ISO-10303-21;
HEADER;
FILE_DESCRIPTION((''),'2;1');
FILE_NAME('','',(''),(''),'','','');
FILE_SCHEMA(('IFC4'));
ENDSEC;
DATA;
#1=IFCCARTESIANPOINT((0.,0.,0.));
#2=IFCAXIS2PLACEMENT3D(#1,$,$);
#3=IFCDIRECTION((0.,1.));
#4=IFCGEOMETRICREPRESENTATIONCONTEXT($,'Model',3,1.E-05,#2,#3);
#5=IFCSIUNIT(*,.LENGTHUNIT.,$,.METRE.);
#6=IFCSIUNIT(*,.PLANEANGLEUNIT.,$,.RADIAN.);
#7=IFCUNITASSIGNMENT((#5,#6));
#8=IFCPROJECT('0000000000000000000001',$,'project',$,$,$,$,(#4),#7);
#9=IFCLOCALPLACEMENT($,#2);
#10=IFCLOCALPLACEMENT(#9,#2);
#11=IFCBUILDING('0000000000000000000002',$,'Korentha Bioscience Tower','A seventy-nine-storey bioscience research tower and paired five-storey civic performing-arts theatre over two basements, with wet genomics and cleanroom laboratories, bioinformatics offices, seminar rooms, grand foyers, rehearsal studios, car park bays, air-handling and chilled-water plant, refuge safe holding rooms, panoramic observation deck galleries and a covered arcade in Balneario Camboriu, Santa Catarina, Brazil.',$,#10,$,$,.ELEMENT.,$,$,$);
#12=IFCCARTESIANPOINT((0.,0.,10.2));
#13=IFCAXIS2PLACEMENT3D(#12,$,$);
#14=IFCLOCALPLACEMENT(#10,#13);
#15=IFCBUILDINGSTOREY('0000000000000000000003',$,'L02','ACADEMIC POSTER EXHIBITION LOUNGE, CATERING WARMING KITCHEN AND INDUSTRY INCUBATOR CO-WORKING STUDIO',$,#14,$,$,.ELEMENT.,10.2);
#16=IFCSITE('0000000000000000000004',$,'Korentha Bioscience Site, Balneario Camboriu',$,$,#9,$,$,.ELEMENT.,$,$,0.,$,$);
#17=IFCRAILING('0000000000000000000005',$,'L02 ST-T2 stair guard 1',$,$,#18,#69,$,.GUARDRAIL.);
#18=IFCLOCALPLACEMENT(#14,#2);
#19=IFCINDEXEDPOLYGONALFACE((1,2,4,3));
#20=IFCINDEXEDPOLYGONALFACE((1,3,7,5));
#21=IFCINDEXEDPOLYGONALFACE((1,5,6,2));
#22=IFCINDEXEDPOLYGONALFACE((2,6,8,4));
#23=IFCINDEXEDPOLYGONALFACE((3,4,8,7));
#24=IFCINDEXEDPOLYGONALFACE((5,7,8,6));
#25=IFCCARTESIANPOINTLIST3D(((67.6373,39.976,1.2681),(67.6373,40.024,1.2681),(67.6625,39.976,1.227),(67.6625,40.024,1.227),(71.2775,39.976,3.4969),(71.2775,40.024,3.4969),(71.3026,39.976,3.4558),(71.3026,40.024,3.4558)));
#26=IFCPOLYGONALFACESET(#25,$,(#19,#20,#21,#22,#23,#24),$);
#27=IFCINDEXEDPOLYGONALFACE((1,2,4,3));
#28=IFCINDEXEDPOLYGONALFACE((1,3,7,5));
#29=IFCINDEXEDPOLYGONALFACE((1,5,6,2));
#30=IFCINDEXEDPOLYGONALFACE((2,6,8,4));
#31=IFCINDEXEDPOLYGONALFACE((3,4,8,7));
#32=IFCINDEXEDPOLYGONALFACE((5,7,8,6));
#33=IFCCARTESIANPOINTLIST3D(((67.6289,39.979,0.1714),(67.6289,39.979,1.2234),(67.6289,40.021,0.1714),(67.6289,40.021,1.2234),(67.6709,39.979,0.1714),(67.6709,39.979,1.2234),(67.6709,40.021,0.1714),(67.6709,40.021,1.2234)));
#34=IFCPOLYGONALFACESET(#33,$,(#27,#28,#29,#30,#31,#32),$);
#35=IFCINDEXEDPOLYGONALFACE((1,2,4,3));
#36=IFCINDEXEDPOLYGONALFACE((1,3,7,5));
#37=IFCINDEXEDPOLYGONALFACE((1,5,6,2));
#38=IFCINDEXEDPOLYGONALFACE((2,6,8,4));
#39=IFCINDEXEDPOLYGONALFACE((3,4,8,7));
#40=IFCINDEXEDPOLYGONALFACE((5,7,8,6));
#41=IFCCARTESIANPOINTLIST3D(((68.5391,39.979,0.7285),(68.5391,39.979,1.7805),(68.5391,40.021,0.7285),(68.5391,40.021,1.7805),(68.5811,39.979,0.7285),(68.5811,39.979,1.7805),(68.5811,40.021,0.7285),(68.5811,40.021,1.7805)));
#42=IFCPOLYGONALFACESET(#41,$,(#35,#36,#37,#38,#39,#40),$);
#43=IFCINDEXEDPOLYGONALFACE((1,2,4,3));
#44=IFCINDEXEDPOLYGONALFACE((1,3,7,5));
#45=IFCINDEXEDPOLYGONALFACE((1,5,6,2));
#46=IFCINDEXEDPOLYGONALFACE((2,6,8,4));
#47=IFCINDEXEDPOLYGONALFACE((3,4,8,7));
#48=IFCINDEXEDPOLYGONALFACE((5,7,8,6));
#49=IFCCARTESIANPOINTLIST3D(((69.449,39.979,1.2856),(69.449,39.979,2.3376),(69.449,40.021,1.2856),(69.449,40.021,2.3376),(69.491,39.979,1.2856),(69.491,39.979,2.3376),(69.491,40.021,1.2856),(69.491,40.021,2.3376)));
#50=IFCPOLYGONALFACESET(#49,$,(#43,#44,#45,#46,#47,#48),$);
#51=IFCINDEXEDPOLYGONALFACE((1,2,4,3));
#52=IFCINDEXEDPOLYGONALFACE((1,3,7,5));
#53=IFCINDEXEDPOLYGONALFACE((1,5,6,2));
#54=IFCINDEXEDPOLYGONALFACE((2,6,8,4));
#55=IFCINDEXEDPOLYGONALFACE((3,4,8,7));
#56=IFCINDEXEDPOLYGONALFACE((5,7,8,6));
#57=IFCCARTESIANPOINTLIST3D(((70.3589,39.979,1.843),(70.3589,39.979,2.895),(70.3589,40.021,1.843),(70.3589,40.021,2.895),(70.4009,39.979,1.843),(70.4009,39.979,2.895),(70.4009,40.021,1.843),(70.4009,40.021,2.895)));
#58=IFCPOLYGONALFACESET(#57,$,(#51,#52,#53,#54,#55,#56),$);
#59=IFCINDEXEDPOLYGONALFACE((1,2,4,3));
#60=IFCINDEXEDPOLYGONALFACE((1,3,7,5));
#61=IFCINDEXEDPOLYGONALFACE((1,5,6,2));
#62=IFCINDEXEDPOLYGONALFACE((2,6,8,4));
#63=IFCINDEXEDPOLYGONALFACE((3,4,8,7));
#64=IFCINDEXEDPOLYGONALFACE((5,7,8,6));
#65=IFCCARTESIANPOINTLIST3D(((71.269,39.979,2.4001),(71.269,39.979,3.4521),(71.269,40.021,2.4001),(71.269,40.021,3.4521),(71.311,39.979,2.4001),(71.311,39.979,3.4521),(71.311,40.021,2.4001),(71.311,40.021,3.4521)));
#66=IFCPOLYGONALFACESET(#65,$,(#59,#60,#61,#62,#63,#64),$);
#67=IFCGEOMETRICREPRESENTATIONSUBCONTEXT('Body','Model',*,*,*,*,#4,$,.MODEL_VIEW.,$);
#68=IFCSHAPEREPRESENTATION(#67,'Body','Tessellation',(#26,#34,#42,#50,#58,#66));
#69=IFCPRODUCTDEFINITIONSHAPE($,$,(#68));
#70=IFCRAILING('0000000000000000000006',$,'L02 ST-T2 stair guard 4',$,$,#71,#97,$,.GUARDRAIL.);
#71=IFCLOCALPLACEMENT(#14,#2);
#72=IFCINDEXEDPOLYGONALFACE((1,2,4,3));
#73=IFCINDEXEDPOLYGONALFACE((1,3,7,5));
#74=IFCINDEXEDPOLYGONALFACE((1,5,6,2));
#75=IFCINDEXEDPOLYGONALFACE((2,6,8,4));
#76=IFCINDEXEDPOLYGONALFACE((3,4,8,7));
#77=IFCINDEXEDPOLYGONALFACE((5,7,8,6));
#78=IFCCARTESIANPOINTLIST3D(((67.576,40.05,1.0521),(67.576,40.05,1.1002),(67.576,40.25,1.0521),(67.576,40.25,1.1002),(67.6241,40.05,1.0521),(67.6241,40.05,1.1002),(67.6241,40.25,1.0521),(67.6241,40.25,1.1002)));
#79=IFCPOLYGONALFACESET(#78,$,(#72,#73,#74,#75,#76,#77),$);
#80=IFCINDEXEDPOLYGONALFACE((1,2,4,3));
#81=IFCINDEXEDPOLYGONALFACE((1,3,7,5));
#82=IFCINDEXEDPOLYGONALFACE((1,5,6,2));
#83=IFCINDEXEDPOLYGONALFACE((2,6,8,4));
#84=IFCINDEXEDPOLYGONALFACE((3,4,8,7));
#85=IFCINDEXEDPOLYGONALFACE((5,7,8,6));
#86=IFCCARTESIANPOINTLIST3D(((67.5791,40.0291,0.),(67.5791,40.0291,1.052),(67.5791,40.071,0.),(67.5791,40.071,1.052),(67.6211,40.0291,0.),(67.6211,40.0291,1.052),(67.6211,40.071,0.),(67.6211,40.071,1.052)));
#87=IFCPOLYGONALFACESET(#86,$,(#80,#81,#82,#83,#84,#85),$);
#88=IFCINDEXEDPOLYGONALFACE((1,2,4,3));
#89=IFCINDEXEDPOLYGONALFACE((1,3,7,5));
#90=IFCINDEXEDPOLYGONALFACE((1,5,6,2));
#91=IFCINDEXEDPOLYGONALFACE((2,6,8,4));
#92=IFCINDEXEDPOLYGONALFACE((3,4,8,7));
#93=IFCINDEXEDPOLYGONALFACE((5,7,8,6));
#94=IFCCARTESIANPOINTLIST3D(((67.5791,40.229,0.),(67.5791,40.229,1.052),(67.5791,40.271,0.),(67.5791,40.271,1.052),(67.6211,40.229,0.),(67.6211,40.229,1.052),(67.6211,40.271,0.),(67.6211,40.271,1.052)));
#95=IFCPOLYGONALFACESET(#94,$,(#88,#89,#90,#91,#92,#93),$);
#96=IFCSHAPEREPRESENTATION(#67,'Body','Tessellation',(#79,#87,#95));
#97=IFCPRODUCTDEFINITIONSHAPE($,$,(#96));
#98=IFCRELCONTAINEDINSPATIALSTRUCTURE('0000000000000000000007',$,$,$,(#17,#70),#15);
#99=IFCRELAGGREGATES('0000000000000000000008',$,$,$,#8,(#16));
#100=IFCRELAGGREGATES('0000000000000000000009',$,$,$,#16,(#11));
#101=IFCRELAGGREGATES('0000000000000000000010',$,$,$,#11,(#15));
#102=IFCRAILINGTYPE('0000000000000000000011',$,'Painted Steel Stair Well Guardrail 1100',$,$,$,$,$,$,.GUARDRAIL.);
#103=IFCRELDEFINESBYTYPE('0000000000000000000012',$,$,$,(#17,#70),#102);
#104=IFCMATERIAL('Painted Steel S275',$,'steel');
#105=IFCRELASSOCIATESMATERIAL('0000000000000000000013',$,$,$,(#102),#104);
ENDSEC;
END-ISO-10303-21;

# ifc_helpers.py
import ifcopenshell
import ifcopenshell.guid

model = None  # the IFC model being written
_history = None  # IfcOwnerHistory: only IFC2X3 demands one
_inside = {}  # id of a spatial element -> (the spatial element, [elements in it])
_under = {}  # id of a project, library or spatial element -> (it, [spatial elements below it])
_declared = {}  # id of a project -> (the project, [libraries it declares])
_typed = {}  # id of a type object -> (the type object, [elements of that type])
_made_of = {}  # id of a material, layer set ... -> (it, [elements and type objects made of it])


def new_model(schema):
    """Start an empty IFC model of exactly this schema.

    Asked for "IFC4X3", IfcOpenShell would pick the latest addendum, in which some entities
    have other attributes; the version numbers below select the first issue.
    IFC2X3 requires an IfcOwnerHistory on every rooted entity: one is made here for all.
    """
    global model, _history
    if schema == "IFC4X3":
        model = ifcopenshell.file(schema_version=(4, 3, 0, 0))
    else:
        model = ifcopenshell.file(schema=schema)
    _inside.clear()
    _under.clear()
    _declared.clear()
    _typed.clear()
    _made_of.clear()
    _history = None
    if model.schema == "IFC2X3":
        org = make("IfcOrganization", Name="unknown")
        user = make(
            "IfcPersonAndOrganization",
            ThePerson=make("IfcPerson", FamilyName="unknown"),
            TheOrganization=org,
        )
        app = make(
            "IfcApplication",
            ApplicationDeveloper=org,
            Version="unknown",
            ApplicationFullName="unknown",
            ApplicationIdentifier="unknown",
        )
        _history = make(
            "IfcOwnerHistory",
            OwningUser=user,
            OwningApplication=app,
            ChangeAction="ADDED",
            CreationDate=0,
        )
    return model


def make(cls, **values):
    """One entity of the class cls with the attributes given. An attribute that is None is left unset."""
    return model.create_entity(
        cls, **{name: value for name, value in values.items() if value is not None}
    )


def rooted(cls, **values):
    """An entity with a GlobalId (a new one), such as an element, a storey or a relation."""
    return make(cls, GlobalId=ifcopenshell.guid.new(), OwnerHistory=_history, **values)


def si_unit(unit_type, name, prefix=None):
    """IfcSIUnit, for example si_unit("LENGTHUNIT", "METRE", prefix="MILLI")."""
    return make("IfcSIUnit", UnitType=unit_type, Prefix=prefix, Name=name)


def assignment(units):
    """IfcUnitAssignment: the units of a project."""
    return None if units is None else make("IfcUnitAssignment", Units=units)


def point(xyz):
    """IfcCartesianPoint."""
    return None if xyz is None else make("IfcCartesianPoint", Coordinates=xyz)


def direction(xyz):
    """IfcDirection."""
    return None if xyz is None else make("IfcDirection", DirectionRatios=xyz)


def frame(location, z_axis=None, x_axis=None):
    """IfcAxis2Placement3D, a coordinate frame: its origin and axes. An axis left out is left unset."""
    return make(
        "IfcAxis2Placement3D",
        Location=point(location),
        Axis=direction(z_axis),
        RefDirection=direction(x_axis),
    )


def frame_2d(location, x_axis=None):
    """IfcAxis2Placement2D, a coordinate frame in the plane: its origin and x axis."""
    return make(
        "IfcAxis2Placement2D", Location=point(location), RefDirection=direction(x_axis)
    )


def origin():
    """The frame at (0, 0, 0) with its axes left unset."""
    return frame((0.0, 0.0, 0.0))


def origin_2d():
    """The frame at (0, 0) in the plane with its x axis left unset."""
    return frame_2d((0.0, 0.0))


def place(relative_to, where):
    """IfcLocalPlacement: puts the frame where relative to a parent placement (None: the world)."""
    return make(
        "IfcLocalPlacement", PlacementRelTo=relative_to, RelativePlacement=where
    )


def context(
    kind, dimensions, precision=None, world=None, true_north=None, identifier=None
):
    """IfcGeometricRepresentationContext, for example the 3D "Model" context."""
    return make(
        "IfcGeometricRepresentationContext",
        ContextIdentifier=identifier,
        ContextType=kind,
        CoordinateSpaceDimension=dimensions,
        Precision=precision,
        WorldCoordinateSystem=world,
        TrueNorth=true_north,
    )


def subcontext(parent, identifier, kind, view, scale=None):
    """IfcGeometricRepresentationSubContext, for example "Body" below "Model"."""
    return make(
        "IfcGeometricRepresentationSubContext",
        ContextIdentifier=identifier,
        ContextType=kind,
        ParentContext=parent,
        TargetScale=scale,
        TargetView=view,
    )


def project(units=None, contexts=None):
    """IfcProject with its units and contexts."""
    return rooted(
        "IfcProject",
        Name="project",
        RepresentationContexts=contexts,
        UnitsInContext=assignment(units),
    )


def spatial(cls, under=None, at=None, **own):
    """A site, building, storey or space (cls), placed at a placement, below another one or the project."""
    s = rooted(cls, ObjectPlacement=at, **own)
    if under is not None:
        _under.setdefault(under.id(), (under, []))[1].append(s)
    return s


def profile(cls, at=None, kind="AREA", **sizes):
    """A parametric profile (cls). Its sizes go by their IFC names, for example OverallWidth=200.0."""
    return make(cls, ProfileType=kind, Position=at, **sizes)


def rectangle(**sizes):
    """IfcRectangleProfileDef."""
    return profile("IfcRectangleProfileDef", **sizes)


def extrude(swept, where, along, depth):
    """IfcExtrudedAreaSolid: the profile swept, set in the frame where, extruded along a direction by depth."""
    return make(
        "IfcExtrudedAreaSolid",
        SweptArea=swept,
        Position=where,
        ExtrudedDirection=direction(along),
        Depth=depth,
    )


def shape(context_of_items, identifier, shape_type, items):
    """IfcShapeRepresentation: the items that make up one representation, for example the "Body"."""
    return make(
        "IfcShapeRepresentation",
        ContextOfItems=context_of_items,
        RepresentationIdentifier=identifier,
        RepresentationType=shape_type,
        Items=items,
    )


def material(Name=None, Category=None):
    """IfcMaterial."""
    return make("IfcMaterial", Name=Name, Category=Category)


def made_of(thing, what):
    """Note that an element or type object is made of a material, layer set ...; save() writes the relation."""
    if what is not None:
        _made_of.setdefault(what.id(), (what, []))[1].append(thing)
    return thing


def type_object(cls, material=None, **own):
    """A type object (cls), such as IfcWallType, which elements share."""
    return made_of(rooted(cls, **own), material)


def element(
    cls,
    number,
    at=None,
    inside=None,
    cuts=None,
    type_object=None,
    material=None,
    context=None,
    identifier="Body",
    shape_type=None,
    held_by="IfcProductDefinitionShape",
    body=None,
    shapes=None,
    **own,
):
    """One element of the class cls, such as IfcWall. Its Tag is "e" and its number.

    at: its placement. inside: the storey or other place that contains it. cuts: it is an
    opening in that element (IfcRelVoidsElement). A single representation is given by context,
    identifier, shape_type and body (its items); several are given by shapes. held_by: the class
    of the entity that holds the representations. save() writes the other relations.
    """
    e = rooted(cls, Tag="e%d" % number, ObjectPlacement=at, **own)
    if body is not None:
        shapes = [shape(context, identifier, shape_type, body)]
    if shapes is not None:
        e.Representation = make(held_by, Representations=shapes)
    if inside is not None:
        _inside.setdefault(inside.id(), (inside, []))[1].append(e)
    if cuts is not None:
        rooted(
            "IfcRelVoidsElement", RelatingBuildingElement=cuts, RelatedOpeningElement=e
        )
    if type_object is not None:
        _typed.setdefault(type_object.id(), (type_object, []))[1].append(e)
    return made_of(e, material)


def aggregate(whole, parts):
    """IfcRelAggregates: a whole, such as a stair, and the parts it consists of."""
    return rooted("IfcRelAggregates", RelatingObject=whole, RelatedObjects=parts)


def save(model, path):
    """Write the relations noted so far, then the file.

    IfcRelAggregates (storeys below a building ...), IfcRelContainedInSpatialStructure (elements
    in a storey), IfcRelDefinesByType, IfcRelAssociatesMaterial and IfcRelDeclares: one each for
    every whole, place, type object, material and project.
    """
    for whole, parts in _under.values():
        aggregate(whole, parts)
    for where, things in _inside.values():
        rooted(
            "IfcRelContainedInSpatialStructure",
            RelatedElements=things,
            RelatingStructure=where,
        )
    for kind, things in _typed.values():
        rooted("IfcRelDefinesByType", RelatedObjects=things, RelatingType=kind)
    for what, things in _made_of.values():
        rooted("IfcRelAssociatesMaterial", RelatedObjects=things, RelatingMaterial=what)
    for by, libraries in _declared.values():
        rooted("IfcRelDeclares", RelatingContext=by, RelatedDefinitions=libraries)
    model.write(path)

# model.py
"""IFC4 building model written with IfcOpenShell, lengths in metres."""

from ifc_helpers import new_model, si_unit, direction, frame, origin, origin_2d, place, context, subcontext, project, spatial, rectangle, extrude, material, type_object, element, save


model = new_model("IFC4")

# Units and contexts
model_context = context("Model", 3, precision=1e-05, world=origin(), true_north=direction((0.0, 1.0)))
body_context = subcontext(model_context, "Body", "Model", "MODEL_VIEW")
ifc_project = project(units=[si_unit("LENGTHUNIT", "METRE"), si_unit("PLANEANGLEUNIT", "RADIAN")], contexts=[model_context])

# Site, building, storey
site_placement = place(None, origin())
site = spatial("IfcSite", under=ifc_project, at=site_placement, Name="Korentha Bioscience Site, Balneario Camboriu", CompositionType="ELEMENT", RefElevation=0.0)
building_placement = place(site_placement, origin())
building = spatial("IfcBuilding", under=site, at=building_placement, Name="Korentha Bioscience Tower", Description="A seventy-nine-storey bioscience research tower and paired five-storey civic performing-arts theatre over two basements, with wet genomics and cleanroom laboratories, bioinformatics offices, seminar rooms, grand foyers, rehearsal studios, car park bays, air-handling and chilled-water plant, refuge safe holding rooms, panoramic observation deck galleries and a covered arcade in Balneario Camboriu, Santa Catarina, Brazil.", CompositionType="ELEMENT")
storey_placement = place(building_placement, frame((0.0, 0.0, 10.2)))
storey = spatial("IfcBuildingStorey", under=building, at=storey_placement, Name="L02", Description="ACADEMIC POSTER EXHIBITION LOUNGE, CATERING WARMING KITCHEN AND INDUSTRY INCUBATOR CO-WORKING STUDIO", CompositionType="ELEMENT", Elevation=10.2)

# Railings
ifc_material_1 = material(Name="Painted Steel S275", Category="steel")
railing_type_1 = type_object("IfcRailingType", Name="Painted Steel Stair Well Guardrail 1100", PredefinedType="GUARDRAIL", material=ifc_material_1)
railing_1_placement = place(storey_placement, frame((67.6499, 40.0, 0.1714)))
element("IfcRailing", 1, at=railing_1_placement, inside=storey, type_object=railing_type_1, Name="L02 ST-T2 stair guard 1", PredefinedType="GUARDRAIL", context=body_context, shape_type="SweptSolid", body=[
    extrude(rectangle(XDim=0.0481, YDim=0.0481, at=origin_2d()), frame((0.0, 0.0, 1.0762), z_axis=(0.85284, 0.0, 0.522172), x_axis=(0.0, 1.0, 0.0)), (0.0, 0.0, 1.0), 4.2683),
    extrude(rectangle(XDim=0.042, YDim=0.042, at=origin_2d()), origin(), (0.0, 0.0, 1.0), 1.052),
    extrude(rectangle(XDim=0.042, YDim=0.042, at=origin_2d()), frame((0.9102, 0.0, 0.5571)), (0.0, 0.0, 1.0), 1.052),
    extrude(rectangle(XDim=0.042, YDim=0.042, at=origin_2d()), frame((1.8201, 0.0, 1.1143)), (0.0, 0.0, 1.0), 1.052),
    extrude(rectangle(XDim=0.042, YDim=0.042, at=origin_2d()), frame((2.73, 0.0, 1.6716)), (0.0, 0.0, 1.0), 1.052),
    extrude(rectangle(XDim=0.042, YDim=0.042, at=origin_2d()), frame((3.6401, 0.0, 2.2288)), (0.0, 0.0, 1.0), 1.052),
])
railing_2_placement = place(storey_placement, frame((67.6001, 40.05, 0.0)))
element("IfcRailing", 2, at=railing_2_placement, inside=storey, type_object=railing_type_1, Name="L02 ST-T2 stair guard 4", PredefinedType="GUARDRAIL", context=body_context, shape_type="SweptSolid", body=[
    extrude(rectangle(XDim=0.0481, YDim=0.0481, at=origin_2d()), frame((0.0, 0.0, 1.0762), z_axis=(0.0, 1.0, 0.0), x_axis=(-1.0, 0.0, 0.0)), (0.0, 0.0, 1.0), 0.2),
    extrude(rectangle(XDim=0.042, YDim=0.042, at=origin_2d()), origin(), (0.0, 0.0, 1.0), 1.052),
    extrude(rectangle(XDim=0.042, YDim=0.042, at=origin_2d()), frame((0.0, 0.2, 0.0)), (0.0, 0.0, 1.0), 1.052),
])

save(model, "model.ifc")
